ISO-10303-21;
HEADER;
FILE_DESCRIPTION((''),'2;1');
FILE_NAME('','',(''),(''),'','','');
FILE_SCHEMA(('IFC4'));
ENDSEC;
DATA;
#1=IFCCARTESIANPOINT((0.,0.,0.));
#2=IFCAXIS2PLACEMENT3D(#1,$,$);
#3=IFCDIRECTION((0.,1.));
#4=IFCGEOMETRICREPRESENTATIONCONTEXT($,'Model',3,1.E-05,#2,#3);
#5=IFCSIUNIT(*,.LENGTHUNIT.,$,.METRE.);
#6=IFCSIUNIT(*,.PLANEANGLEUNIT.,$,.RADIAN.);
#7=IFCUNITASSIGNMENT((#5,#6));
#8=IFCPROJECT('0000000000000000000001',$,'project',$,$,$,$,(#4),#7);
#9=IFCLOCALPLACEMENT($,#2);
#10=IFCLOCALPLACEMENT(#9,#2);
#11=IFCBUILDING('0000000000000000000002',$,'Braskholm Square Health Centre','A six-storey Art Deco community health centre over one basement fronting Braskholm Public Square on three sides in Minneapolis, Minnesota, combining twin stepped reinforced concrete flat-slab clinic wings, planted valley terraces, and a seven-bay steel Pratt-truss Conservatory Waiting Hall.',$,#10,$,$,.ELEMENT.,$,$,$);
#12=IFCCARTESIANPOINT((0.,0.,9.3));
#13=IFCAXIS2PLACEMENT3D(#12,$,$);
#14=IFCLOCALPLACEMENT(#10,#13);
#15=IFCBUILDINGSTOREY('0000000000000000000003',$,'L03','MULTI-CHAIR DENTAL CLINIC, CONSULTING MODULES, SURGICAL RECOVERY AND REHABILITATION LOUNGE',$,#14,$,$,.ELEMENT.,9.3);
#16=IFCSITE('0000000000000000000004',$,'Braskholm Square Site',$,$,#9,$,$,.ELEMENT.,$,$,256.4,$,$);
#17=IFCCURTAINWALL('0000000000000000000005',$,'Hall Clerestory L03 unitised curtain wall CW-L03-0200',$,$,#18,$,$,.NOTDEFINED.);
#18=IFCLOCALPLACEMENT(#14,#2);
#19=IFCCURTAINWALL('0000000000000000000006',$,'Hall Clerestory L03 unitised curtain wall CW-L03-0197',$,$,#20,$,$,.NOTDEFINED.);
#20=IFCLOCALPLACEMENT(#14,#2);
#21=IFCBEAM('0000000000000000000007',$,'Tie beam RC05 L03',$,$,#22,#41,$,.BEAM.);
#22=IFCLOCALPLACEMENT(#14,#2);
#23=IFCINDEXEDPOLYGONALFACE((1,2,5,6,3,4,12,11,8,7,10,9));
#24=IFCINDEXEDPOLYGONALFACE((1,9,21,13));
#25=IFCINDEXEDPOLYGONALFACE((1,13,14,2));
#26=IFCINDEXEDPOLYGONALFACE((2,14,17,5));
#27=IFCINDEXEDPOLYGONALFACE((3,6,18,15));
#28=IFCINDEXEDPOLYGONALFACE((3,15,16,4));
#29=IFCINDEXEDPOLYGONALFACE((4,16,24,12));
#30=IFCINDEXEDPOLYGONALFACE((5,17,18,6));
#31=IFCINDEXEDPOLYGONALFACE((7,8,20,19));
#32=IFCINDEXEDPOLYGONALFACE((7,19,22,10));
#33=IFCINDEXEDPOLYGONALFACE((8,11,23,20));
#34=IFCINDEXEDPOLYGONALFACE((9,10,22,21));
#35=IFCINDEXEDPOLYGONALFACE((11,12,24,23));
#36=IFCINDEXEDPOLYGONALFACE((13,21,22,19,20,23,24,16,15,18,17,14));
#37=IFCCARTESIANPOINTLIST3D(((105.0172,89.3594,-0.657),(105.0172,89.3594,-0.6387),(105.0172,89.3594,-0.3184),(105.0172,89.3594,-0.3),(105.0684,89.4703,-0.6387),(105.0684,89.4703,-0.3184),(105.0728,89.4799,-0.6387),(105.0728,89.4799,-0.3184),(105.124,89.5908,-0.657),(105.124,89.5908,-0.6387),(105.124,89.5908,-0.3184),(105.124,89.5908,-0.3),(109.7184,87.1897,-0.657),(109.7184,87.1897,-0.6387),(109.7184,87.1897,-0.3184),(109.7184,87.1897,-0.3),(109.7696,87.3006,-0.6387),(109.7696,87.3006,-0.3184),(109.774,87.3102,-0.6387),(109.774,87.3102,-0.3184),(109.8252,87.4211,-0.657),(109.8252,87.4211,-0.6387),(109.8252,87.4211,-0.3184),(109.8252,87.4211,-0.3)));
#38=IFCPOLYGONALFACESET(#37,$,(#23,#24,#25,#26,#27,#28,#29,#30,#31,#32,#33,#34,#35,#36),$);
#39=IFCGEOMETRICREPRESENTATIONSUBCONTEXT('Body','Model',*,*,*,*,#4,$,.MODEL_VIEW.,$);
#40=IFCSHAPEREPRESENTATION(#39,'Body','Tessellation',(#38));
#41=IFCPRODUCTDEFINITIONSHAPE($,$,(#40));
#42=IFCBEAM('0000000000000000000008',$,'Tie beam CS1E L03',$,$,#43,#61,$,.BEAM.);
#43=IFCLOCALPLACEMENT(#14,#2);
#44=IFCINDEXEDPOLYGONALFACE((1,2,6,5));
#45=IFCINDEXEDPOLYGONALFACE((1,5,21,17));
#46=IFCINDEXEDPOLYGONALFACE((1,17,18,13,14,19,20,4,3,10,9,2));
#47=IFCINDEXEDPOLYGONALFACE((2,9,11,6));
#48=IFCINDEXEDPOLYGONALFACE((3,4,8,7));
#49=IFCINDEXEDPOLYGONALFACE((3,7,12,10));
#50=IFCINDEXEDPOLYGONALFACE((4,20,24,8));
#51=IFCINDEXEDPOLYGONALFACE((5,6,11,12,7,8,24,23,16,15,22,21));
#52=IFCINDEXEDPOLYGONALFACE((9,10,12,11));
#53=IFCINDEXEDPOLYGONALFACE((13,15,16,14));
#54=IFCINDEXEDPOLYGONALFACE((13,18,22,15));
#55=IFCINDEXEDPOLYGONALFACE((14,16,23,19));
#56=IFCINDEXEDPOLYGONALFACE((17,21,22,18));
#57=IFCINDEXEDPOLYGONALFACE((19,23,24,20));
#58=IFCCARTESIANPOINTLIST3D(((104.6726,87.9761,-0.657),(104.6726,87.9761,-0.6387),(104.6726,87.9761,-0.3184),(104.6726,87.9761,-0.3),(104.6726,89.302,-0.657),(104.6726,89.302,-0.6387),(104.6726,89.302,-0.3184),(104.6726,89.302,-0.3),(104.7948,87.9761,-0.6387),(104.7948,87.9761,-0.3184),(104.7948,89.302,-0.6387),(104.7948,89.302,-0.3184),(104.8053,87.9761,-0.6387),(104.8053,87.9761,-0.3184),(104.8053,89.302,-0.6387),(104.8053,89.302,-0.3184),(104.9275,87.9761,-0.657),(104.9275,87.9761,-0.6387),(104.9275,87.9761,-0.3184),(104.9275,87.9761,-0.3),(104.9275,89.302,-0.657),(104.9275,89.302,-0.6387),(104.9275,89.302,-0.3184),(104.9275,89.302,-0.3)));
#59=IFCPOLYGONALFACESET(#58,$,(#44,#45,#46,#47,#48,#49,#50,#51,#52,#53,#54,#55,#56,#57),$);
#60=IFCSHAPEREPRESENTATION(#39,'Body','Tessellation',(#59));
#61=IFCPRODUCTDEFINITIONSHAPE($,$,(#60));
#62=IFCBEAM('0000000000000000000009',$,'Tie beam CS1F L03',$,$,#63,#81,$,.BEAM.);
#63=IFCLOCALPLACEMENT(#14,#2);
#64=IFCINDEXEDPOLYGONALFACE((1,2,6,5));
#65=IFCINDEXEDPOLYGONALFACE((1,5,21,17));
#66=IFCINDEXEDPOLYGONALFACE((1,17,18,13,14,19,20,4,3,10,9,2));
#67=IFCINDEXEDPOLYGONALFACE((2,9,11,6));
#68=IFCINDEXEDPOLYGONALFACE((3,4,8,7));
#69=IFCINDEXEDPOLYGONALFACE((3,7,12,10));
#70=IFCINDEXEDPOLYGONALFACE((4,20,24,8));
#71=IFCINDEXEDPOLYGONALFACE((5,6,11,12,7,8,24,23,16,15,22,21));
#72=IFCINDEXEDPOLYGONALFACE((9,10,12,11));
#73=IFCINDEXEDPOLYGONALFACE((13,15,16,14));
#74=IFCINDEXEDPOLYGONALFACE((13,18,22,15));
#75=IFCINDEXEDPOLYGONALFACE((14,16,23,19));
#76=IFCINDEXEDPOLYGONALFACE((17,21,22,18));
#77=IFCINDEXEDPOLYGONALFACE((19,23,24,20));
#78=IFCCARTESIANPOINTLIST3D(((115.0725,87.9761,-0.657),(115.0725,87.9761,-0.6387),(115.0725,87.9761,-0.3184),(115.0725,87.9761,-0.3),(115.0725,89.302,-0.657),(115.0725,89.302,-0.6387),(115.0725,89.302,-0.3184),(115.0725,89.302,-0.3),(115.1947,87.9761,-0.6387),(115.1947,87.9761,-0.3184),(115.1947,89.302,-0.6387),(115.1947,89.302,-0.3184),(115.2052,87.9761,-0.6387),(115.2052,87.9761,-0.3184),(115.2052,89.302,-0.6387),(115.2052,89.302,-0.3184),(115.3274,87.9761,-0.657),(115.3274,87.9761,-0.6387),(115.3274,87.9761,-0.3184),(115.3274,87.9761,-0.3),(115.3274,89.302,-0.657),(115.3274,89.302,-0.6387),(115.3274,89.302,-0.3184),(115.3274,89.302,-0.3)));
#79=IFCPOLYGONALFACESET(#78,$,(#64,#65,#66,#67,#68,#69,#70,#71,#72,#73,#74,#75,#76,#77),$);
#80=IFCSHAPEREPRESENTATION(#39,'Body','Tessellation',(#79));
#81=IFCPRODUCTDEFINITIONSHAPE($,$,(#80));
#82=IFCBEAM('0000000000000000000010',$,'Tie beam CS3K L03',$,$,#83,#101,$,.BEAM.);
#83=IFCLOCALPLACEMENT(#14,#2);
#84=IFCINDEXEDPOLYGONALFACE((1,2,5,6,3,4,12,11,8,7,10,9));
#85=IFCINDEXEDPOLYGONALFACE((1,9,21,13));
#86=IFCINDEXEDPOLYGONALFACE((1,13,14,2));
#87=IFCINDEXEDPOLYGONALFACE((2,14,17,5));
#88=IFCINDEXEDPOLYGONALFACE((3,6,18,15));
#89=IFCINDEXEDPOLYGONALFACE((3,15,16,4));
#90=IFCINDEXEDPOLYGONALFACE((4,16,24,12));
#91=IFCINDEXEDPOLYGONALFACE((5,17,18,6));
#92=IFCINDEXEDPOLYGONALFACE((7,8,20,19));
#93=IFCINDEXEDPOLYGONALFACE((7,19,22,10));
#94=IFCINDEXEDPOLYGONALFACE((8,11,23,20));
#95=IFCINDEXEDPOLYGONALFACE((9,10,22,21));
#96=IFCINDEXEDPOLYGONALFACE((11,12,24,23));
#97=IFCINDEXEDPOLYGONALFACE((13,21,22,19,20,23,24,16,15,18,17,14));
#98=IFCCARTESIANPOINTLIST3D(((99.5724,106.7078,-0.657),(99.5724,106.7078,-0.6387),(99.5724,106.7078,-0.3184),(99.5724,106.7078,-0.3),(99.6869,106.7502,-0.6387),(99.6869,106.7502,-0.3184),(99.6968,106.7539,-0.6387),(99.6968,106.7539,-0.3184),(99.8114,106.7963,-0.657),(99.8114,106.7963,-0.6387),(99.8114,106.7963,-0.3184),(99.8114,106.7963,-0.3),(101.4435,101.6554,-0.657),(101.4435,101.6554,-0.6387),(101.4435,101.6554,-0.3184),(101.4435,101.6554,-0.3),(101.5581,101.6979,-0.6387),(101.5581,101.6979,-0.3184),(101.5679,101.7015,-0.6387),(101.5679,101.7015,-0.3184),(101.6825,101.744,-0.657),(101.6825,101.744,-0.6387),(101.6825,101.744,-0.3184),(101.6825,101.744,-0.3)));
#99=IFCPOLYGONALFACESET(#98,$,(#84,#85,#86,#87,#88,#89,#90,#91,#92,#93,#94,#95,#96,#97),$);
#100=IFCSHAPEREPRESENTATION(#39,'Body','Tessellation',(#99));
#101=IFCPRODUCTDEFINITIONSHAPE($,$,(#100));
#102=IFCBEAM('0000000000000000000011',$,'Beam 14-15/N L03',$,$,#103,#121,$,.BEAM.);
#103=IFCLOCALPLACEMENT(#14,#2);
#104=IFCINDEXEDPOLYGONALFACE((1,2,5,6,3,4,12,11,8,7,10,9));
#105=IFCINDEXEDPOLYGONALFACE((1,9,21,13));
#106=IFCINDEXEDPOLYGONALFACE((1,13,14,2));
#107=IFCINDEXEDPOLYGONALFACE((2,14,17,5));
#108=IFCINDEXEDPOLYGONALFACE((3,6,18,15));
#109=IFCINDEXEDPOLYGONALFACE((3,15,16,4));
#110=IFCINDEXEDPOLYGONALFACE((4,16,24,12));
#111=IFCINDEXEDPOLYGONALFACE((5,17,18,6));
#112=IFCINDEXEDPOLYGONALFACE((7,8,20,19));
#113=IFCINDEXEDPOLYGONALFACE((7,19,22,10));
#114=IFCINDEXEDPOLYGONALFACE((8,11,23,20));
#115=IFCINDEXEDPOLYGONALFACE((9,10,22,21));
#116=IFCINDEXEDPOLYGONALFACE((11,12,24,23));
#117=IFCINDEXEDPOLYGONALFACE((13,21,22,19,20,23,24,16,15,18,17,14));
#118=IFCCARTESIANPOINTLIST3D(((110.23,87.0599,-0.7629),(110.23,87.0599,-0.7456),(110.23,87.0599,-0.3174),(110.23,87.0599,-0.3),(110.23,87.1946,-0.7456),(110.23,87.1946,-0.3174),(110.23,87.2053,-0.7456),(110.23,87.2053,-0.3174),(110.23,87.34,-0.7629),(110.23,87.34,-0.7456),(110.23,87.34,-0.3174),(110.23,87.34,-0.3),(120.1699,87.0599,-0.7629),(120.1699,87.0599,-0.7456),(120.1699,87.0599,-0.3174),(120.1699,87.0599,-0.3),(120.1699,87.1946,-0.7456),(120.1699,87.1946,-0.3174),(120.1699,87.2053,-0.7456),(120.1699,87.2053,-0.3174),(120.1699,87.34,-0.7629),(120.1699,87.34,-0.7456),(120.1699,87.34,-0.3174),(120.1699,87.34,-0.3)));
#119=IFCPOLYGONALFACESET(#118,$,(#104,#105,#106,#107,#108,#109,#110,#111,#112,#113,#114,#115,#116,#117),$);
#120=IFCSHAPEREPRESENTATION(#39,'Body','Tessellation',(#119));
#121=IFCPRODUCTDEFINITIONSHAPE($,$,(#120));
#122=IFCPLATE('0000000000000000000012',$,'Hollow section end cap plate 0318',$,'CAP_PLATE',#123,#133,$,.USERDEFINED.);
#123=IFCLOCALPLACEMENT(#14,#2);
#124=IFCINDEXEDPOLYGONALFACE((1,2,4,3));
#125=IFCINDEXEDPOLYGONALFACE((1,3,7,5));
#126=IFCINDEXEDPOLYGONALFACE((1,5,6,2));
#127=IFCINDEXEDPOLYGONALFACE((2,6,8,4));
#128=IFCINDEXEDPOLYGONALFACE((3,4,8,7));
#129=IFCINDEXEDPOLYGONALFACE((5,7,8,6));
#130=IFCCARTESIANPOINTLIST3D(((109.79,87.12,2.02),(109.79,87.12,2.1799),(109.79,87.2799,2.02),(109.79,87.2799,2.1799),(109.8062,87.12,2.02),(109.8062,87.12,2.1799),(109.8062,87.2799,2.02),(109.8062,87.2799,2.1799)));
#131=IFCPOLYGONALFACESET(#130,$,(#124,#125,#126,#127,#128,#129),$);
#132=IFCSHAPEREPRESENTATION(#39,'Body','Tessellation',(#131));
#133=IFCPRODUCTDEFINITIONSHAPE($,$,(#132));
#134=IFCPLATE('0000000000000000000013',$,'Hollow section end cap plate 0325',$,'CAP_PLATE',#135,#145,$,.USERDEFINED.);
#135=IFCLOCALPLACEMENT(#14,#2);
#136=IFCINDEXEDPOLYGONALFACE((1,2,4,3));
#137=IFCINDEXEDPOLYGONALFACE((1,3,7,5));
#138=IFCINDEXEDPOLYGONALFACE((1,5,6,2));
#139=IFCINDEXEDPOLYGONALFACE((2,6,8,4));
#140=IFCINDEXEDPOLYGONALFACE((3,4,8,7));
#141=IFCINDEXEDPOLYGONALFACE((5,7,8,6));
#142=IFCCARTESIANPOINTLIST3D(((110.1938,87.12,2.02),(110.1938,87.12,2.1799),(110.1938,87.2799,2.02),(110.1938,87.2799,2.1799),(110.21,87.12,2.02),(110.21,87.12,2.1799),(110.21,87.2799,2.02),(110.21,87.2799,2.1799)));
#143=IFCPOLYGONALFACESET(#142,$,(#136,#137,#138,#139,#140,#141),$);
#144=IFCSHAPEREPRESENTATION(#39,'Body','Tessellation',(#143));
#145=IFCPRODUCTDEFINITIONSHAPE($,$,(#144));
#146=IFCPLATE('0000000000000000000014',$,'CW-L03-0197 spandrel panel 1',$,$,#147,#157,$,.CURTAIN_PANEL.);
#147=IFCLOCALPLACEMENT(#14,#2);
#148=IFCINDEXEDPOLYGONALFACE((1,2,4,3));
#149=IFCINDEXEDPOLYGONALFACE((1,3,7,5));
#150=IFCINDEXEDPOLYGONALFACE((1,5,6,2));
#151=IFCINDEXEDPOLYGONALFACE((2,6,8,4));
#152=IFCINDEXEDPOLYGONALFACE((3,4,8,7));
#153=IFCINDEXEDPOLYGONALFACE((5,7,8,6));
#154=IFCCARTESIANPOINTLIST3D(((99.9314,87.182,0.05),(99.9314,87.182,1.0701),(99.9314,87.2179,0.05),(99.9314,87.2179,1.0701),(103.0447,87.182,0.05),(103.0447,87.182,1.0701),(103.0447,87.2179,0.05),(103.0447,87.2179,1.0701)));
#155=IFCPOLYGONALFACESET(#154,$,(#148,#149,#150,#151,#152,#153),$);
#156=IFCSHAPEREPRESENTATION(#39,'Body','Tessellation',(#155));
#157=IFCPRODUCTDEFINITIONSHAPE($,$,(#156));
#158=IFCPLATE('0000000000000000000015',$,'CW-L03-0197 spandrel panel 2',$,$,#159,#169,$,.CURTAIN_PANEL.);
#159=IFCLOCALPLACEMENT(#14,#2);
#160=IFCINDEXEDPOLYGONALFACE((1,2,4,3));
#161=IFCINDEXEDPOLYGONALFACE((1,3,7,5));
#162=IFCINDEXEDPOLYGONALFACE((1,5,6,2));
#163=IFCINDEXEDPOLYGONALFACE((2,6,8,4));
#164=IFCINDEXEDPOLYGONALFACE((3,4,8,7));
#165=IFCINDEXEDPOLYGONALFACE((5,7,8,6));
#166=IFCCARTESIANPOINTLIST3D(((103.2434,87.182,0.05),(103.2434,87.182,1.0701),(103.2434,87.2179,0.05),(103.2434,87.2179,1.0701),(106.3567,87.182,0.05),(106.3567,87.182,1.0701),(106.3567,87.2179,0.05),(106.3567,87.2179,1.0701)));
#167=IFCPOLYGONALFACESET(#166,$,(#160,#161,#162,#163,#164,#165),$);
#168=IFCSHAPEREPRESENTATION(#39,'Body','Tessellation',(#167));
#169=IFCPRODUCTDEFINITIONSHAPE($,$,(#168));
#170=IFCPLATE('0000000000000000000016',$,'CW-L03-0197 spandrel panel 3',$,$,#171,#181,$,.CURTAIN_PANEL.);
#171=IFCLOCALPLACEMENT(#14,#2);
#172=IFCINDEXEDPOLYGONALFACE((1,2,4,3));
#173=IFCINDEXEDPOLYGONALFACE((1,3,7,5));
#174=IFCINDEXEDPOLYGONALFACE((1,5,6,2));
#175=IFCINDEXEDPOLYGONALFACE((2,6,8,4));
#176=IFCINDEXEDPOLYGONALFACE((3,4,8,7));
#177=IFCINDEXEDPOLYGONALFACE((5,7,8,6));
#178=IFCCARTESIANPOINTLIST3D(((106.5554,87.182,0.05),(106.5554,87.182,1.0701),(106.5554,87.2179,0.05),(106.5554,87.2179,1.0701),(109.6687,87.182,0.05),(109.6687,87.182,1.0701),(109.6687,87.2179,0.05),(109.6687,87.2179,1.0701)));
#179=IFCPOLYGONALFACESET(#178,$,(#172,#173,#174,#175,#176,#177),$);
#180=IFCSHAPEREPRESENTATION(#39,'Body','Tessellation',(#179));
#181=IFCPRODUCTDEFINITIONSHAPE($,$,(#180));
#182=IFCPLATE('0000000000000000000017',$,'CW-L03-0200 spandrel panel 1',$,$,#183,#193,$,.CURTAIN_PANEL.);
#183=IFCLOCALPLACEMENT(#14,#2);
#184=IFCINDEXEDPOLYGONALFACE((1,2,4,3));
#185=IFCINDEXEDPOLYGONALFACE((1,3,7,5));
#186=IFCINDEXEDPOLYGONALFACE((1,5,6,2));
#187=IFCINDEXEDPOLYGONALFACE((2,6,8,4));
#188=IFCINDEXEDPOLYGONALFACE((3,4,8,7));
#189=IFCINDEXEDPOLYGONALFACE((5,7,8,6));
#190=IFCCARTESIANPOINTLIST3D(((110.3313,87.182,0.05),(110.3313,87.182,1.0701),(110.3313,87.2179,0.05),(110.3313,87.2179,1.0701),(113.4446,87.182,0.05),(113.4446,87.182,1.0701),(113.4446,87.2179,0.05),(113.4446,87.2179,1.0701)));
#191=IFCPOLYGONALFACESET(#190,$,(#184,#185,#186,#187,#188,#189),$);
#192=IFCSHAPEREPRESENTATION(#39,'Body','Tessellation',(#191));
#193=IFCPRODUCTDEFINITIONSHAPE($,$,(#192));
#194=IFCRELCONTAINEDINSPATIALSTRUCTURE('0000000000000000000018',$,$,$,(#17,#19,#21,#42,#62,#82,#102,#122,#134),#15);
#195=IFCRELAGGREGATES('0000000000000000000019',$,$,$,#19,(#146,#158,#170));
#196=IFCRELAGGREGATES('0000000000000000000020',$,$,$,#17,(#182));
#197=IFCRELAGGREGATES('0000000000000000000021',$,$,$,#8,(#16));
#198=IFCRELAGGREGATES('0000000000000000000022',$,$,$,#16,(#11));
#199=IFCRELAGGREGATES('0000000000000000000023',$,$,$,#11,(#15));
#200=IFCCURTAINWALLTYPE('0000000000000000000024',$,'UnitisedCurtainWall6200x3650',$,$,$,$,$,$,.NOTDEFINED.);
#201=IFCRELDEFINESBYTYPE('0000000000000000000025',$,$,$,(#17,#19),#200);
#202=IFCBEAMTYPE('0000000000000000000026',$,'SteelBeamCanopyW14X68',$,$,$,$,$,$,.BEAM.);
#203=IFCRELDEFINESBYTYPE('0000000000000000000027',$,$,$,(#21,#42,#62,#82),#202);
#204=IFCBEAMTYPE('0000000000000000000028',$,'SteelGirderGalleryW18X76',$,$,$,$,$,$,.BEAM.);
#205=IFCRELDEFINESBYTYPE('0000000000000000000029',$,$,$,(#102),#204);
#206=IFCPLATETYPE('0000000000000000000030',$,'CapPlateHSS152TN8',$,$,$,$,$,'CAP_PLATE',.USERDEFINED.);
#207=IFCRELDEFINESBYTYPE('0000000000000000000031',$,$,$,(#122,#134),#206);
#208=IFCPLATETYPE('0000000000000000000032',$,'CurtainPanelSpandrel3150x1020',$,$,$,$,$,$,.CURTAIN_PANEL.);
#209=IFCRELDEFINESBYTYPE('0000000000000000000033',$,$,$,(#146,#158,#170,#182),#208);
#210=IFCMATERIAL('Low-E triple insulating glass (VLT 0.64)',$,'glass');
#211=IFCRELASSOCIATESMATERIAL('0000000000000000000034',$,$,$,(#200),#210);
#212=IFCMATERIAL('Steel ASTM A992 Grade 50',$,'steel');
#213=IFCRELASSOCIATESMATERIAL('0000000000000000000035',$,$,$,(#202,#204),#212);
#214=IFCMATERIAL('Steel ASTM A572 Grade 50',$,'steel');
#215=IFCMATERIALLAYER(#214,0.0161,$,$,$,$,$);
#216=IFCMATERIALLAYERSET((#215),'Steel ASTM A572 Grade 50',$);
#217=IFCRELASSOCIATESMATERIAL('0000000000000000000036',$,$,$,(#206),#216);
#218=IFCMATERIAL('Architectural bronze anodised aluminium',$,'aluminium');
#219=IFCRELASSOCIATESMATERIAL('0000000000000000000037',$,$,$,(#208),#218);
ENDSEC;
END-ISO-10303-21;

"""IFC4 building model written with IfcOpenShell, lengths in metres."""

from ifc_helpers import new_model, si_unit, direction, frame, origin, origin_2d, place, context, subcontext, project, spatial, rectangle, i_section, extrude, material, layer, layer_set, material_profile, profile_set, type_object, element, aggregate, save


model = new_model("IFC4")

# Units and contexts
model_context = context("Model", 3, precision=1e-05, world=origin(), true_north=direction((0.0, 1.0)))
body_context = subcontext(model_context, "Body", "Model", "MODEL_VIEW")
ifc_project = project(units=[si_unit("LENGTHUNIT", "METRE"), si_unit("PLANEANGLEUNIT", "RADIAN")], contexts=[model_context])

# Site, building, storey
site_placement = place(None, origin())
site = spatial("IfcSite", under=ifc_project, at=site_placement, Name="Braskholm Square Site", CompositionType="ELEMENT", RefElevation=256.4)
building_placement = place(site_placement, origin())
building = spatial("IfcBuilding", under=site, at=building_placement, Name="Braskholm Square Health Centre", Description="A six-storey Art Deco community health centre over one basement fronting Braskholm Public Square on three sides in Minneapolis, Minnesota, combining twin stepped reinforced concrete flat-slab clinic wings, planted valley terraces, and a seven-bay steel Pratt-truss Conservatory Waiting Hall.", CompositionType="ELEMENT")
storey_placement = place(building_placement, frame((0.0, 0.0, 9.3)))
storey = spatial("IfcBuildingStorey", under=building, at=storey_placement, Name="L03", Description="MULTI-CHAIR DENTAL CLINIC, CONSULTING MODULES, SURGICAL RECOVERY AND REHABILITATION LOUNGE", CompositionType="ELEMENT", Elevation=9.3)

# Curtain walls
ifc_material_1 = material(Name="Low-E triple insulating glass (VLT 0.64)", Category="glass")
curtain_wall_type = type_object("IfcCurtainWallType", Name="UnitisedCurtainWall6200x3650", PredefinedType="NOTDEFINED", material=ifc_material_1)
curtain_wall_1_placement = place(storey_placement, origin())
curtain_wall_1 = element("IfcCurtainWall", 1, at=curtain_wall_1_placement, inside=storey, type_object=curtain_wall_type, Name="Hall Clerestory L03 unitised curtain wall CW-L03-0200", PredefinedType="NOTDEFINED")
ifc_material_2 = material(Name="Architectural bronze anodised aluminium", Category="aluminium")
curtain_wall_2_placement = place(storey_placement, origin())
curtain_wall_2 = element("IfcCurtainWall", 2, at=curtain_wall_2_placement, inside=storey, type_object=curtain_wall_type, Name="Hall Clerestory L03 unitised curtain wall CW-L03-0197", PredefinedType="NOTDEFINED")

# Beams
ifc_material_3 = material(Name="Steel ASTM A992 Grade 50", Category="steel")
ifc_material_profile_1 = material_profile(ifc_material_3, i_section(OverallWidth=0.2549, OverallDepth=0.3569, WebThickness=0.0105, FlangeThickness=0.0183, at=origin_2d()), Name="W14X68")
ifc_profile_set_1 = profile_set([ifc_material_profile_1], Name="Steel ASTM A992 Grade 50")
beam_type_1 = type_object("IfcBeamType", Name="SteelBeamCanopyW14X68", PredefinedType="BEAM", material=ifc_profile_set_1)
beam_1_placement = place(storey_placement, frame((105.0706, 89.4751, -0.4785), z_axis=(0.907966, -0.419043, 0.0), x_axis=(0.419043, 0.907966, 0.0)))
element("IfcBeam", 3, at=beam_1_placement, inside=storey, type_object=beam_type_1, Name="Tie beam RC05 L03", PredefinedType="BEAM", context=body_context, shape_type="SweptSolid", body=[
    extrude(i_section(OverallWidth=0.2549, OverallDepth=0.3569, WebThickness=0.0105, FlangeThickness=0.0183, at=origin_2d()), origin(), (0.0, 0.0, 1.0), 5.1777),
])
for number, where, z_axis, x_axis, name in (
    (4, (104.8, 87.9761, -0.4785), (0.0, 1.0, 0.0), (-1.0, 0.0, 0.0), "Tie beam CS1E L03"),
    (5, (115.2, 87.9761, -0.4785), (0.0, 1.0, 0.0), (-1.0, 0.0, 0.0), "Tie beam CS1F L03"),
):
    element("IfcBeam", number, at=place(storey_placement, frame(where, z_axis=z_axis, x_axis=x_axis)), inside=storey, type_object=beam_type_1, Name=name, PredefinedType="BEAM", context=body_context, shape_type="SweptSolid", body=[
        extrude(i_section(OverallWidth=0.2549, OverallDepth=0.3569, WebThickness=0.0105, FlangeThickness=0.0183, at=origin_2d()), origin(), (0.0, 0.0, 1.0), 1.3259),
    ])
beam_2_placement = place(storey_placement, frame((101.563, 101.6997, -0.4785), z_axis=(-0.347297, 0.937755, 0.0), x_axis=(-0.937755, -0.347297, 0.0)))
element("IfcBeam", 6, at=beam_2_placement, inside=storey, type_object=beam_type_1, Name="Tie beam CS3K L03", PredefinedType="BEAM", context=body_context, shape_type="SweptSolid", body=[
    extrude(i_section(OverallWidth=0.2549, OverallDepth=0.3569, WebThickness=0.0105, FlangeThickness=0.0183, at=origin_2d()), origin(), (0.0, 0.0, 1.0), 5.3877),
])
ifc_material_profile_2 = material_profile(ifc_material_3, i_section(OverallWidth=0.28, OverallDepth=0.4629, WebThickness=0.0107, FlangeThickness=0.0173, at=origin_2d()), Name="W18X76")
ifc_profile_set_2 = profile_set([ifc_material_profile_2], Name="Steel ASTM A992 Grade 50")
beam_type_2 = type_object("IfcBeamType", Name="SteelGirderGalleryW18X76", PredefinedType="BEAM", material=ifc_profile_set_2)
beam_3_placement = place(storey_placement, frame((110.23, 87.2, -0.5315), z_axis=(1.0, 0.0, 0.0), x_axis=(0.0, 1.0, 0.0)))
element("IfcBeam", 7, at=beam_3_placement, inside=storey, type_object=beam_type_2, Name="Beam 14-15/N L03", PredefinedType="BEAM", context=body_context, shape_type="SweptSolid", body=[
    extrude(i_section(OverallWidth=0.28, OverallDepth=0.4629, WebThickness=0.0107, FlangeThickness=0.0173, at=origin_2d()), origin(), (0.0, 0.0, 1.0), 9.9399),
])

# Plates
ifc_material_4 = material(Name="Steel ASTM A572 Grade 50", Category="steel")
ifc_layer_1 = layer(ifc_material_4, 0.0161)
ifc_layer_set_1 = layer_set([ifc_layer_1], Name="Steel ASTM A572 Grade 50")
plate_type_1 = type_object("IfcPlateType", Name="CapPlateHSS152TN8", ElementType="CAP_PLATE", PredefinedType="USERDEFINED", material=ifc_layer_set_1)
for number, where, z_axis, x_axis, name in (
    (8, (109.7981, 87.2, 2.02), (0.0, 0.0, 1.0), (1.0, 0.0, 0.0), "Hollow section end cap plate 0318"),
    (9, (110.2019, 87.2, 2.02), (0.0, 0.0, 1.0), (1.0, 0.0, 0.0), "Hollow section end cap plate 0325"),
):
    element("IfcPlate", number, at=place(storey_placement, frame(where, z_axis=z_axis, x_axis=x_axis)), inside=storey, type_object=plate_type_1, Name=name, ObjectType="CAP_PLATE", PredefinedType="USERDEFINED", context=body_context, shape_type="SweptSolid", body=[
        extrude(rectangle(XDim=0.0161, YDim=0.1599, at=origin_2d()), origin(), (0.0, 0.0, 1.0), 0.1599),
    ])

# Plates
plate_type_2 = type_object("IfcPlateType", Name="CurtainPanelSpandrel3150x1020", PredefinedType="CURTAIN_PANEL", material=ifc_material_2)
plate_1_placement = place(storey_placement, frame((101.488, 87.2, 0.05), z_axis=(0.0, 0.0, 1.0), x_axis=(1.0, 0.0, 0.0)))
plate_1 = element("IfcPlate", 10, at=plate_1_placement, type_object=plate_type_2, Name="CW-L03-0197 spandrel panel 1", PredefinedType="CURTAIN_PANEL", context=body_context, shape_type="SweptSolid", body=[
    extrude(rectangle(XDim=3.1133, YDim=0.0359, at=origin_2d()), origin(), (0.0, 0.0, 1.0), 1.02),
])
plate_2_placement = place(storey_placement, frame((104.8, 87.2, 0.05), z_axis=(0.0, 0.0, 1.0), x_axis=(1.0, 0.0, 0.0)))
plate_2 = element("IfcPlate", 11, at=plate_2_placement, type_object=plate_type_2, Name="CW-L03-0197 spandrel panel 2", PredefinedType="CURTAIN_PANEL", context=body_context, shape_type="SweptSolid", body=[
    extrude(rectangle(XDim=3.1133, YDim=0.0359, at=origin_2d()), origin(), (0.0, 0.0, 1.0), 1.02),
])
plate_3_placement = place(storey_placement, frame((108.1121, 87.2, 0.05), z_axis=(0.0, 0.0, 1.0), x_axis=(1.0, 0.0, 0.0)))
plate_3 = element("IfcPlate", 12, at=plate_3_placement, type_object=plate_type_2, Name="CW-L03-0197 spandrel panel 3", PredefinedType="CURTAIN_PANEL", context=body_context, shape_type="SweptSolid", body=[
    extrude(rectangle(XDim=3.1133, YDim=0.0359, at=origin_2d()), origin(), (0.0, 0.0, 1.0), 1.02),
])
plate_4_placement = place(storey_placement, frame((111.8879, 87.2, 0.05), z_axis=(0.0, 0.0, 1.0), x_axis=(1.0, 0.0, 0.0)))
plate_4 = element("IfcPlate", 13, at=plate_4_placement, type_object=plate_type_2, Name="CW-L03-0200 spandrel panel 1", PredefinedType="CURTAIN_PANEL", context=body_context, shape_type="SweptSolid", body=[
    extrude(rectangle(XDim=3.1133, YDim=0.0359, at=origin_2d()), origin(), (0.0, 0.0, 1.0), 1.02),
])
aggregate(curtain_wall_2, [plate_1, plate_2, plate_3])
aggregate(curtain_wall_1, [plate_4])

save(model, "model.ifc")
